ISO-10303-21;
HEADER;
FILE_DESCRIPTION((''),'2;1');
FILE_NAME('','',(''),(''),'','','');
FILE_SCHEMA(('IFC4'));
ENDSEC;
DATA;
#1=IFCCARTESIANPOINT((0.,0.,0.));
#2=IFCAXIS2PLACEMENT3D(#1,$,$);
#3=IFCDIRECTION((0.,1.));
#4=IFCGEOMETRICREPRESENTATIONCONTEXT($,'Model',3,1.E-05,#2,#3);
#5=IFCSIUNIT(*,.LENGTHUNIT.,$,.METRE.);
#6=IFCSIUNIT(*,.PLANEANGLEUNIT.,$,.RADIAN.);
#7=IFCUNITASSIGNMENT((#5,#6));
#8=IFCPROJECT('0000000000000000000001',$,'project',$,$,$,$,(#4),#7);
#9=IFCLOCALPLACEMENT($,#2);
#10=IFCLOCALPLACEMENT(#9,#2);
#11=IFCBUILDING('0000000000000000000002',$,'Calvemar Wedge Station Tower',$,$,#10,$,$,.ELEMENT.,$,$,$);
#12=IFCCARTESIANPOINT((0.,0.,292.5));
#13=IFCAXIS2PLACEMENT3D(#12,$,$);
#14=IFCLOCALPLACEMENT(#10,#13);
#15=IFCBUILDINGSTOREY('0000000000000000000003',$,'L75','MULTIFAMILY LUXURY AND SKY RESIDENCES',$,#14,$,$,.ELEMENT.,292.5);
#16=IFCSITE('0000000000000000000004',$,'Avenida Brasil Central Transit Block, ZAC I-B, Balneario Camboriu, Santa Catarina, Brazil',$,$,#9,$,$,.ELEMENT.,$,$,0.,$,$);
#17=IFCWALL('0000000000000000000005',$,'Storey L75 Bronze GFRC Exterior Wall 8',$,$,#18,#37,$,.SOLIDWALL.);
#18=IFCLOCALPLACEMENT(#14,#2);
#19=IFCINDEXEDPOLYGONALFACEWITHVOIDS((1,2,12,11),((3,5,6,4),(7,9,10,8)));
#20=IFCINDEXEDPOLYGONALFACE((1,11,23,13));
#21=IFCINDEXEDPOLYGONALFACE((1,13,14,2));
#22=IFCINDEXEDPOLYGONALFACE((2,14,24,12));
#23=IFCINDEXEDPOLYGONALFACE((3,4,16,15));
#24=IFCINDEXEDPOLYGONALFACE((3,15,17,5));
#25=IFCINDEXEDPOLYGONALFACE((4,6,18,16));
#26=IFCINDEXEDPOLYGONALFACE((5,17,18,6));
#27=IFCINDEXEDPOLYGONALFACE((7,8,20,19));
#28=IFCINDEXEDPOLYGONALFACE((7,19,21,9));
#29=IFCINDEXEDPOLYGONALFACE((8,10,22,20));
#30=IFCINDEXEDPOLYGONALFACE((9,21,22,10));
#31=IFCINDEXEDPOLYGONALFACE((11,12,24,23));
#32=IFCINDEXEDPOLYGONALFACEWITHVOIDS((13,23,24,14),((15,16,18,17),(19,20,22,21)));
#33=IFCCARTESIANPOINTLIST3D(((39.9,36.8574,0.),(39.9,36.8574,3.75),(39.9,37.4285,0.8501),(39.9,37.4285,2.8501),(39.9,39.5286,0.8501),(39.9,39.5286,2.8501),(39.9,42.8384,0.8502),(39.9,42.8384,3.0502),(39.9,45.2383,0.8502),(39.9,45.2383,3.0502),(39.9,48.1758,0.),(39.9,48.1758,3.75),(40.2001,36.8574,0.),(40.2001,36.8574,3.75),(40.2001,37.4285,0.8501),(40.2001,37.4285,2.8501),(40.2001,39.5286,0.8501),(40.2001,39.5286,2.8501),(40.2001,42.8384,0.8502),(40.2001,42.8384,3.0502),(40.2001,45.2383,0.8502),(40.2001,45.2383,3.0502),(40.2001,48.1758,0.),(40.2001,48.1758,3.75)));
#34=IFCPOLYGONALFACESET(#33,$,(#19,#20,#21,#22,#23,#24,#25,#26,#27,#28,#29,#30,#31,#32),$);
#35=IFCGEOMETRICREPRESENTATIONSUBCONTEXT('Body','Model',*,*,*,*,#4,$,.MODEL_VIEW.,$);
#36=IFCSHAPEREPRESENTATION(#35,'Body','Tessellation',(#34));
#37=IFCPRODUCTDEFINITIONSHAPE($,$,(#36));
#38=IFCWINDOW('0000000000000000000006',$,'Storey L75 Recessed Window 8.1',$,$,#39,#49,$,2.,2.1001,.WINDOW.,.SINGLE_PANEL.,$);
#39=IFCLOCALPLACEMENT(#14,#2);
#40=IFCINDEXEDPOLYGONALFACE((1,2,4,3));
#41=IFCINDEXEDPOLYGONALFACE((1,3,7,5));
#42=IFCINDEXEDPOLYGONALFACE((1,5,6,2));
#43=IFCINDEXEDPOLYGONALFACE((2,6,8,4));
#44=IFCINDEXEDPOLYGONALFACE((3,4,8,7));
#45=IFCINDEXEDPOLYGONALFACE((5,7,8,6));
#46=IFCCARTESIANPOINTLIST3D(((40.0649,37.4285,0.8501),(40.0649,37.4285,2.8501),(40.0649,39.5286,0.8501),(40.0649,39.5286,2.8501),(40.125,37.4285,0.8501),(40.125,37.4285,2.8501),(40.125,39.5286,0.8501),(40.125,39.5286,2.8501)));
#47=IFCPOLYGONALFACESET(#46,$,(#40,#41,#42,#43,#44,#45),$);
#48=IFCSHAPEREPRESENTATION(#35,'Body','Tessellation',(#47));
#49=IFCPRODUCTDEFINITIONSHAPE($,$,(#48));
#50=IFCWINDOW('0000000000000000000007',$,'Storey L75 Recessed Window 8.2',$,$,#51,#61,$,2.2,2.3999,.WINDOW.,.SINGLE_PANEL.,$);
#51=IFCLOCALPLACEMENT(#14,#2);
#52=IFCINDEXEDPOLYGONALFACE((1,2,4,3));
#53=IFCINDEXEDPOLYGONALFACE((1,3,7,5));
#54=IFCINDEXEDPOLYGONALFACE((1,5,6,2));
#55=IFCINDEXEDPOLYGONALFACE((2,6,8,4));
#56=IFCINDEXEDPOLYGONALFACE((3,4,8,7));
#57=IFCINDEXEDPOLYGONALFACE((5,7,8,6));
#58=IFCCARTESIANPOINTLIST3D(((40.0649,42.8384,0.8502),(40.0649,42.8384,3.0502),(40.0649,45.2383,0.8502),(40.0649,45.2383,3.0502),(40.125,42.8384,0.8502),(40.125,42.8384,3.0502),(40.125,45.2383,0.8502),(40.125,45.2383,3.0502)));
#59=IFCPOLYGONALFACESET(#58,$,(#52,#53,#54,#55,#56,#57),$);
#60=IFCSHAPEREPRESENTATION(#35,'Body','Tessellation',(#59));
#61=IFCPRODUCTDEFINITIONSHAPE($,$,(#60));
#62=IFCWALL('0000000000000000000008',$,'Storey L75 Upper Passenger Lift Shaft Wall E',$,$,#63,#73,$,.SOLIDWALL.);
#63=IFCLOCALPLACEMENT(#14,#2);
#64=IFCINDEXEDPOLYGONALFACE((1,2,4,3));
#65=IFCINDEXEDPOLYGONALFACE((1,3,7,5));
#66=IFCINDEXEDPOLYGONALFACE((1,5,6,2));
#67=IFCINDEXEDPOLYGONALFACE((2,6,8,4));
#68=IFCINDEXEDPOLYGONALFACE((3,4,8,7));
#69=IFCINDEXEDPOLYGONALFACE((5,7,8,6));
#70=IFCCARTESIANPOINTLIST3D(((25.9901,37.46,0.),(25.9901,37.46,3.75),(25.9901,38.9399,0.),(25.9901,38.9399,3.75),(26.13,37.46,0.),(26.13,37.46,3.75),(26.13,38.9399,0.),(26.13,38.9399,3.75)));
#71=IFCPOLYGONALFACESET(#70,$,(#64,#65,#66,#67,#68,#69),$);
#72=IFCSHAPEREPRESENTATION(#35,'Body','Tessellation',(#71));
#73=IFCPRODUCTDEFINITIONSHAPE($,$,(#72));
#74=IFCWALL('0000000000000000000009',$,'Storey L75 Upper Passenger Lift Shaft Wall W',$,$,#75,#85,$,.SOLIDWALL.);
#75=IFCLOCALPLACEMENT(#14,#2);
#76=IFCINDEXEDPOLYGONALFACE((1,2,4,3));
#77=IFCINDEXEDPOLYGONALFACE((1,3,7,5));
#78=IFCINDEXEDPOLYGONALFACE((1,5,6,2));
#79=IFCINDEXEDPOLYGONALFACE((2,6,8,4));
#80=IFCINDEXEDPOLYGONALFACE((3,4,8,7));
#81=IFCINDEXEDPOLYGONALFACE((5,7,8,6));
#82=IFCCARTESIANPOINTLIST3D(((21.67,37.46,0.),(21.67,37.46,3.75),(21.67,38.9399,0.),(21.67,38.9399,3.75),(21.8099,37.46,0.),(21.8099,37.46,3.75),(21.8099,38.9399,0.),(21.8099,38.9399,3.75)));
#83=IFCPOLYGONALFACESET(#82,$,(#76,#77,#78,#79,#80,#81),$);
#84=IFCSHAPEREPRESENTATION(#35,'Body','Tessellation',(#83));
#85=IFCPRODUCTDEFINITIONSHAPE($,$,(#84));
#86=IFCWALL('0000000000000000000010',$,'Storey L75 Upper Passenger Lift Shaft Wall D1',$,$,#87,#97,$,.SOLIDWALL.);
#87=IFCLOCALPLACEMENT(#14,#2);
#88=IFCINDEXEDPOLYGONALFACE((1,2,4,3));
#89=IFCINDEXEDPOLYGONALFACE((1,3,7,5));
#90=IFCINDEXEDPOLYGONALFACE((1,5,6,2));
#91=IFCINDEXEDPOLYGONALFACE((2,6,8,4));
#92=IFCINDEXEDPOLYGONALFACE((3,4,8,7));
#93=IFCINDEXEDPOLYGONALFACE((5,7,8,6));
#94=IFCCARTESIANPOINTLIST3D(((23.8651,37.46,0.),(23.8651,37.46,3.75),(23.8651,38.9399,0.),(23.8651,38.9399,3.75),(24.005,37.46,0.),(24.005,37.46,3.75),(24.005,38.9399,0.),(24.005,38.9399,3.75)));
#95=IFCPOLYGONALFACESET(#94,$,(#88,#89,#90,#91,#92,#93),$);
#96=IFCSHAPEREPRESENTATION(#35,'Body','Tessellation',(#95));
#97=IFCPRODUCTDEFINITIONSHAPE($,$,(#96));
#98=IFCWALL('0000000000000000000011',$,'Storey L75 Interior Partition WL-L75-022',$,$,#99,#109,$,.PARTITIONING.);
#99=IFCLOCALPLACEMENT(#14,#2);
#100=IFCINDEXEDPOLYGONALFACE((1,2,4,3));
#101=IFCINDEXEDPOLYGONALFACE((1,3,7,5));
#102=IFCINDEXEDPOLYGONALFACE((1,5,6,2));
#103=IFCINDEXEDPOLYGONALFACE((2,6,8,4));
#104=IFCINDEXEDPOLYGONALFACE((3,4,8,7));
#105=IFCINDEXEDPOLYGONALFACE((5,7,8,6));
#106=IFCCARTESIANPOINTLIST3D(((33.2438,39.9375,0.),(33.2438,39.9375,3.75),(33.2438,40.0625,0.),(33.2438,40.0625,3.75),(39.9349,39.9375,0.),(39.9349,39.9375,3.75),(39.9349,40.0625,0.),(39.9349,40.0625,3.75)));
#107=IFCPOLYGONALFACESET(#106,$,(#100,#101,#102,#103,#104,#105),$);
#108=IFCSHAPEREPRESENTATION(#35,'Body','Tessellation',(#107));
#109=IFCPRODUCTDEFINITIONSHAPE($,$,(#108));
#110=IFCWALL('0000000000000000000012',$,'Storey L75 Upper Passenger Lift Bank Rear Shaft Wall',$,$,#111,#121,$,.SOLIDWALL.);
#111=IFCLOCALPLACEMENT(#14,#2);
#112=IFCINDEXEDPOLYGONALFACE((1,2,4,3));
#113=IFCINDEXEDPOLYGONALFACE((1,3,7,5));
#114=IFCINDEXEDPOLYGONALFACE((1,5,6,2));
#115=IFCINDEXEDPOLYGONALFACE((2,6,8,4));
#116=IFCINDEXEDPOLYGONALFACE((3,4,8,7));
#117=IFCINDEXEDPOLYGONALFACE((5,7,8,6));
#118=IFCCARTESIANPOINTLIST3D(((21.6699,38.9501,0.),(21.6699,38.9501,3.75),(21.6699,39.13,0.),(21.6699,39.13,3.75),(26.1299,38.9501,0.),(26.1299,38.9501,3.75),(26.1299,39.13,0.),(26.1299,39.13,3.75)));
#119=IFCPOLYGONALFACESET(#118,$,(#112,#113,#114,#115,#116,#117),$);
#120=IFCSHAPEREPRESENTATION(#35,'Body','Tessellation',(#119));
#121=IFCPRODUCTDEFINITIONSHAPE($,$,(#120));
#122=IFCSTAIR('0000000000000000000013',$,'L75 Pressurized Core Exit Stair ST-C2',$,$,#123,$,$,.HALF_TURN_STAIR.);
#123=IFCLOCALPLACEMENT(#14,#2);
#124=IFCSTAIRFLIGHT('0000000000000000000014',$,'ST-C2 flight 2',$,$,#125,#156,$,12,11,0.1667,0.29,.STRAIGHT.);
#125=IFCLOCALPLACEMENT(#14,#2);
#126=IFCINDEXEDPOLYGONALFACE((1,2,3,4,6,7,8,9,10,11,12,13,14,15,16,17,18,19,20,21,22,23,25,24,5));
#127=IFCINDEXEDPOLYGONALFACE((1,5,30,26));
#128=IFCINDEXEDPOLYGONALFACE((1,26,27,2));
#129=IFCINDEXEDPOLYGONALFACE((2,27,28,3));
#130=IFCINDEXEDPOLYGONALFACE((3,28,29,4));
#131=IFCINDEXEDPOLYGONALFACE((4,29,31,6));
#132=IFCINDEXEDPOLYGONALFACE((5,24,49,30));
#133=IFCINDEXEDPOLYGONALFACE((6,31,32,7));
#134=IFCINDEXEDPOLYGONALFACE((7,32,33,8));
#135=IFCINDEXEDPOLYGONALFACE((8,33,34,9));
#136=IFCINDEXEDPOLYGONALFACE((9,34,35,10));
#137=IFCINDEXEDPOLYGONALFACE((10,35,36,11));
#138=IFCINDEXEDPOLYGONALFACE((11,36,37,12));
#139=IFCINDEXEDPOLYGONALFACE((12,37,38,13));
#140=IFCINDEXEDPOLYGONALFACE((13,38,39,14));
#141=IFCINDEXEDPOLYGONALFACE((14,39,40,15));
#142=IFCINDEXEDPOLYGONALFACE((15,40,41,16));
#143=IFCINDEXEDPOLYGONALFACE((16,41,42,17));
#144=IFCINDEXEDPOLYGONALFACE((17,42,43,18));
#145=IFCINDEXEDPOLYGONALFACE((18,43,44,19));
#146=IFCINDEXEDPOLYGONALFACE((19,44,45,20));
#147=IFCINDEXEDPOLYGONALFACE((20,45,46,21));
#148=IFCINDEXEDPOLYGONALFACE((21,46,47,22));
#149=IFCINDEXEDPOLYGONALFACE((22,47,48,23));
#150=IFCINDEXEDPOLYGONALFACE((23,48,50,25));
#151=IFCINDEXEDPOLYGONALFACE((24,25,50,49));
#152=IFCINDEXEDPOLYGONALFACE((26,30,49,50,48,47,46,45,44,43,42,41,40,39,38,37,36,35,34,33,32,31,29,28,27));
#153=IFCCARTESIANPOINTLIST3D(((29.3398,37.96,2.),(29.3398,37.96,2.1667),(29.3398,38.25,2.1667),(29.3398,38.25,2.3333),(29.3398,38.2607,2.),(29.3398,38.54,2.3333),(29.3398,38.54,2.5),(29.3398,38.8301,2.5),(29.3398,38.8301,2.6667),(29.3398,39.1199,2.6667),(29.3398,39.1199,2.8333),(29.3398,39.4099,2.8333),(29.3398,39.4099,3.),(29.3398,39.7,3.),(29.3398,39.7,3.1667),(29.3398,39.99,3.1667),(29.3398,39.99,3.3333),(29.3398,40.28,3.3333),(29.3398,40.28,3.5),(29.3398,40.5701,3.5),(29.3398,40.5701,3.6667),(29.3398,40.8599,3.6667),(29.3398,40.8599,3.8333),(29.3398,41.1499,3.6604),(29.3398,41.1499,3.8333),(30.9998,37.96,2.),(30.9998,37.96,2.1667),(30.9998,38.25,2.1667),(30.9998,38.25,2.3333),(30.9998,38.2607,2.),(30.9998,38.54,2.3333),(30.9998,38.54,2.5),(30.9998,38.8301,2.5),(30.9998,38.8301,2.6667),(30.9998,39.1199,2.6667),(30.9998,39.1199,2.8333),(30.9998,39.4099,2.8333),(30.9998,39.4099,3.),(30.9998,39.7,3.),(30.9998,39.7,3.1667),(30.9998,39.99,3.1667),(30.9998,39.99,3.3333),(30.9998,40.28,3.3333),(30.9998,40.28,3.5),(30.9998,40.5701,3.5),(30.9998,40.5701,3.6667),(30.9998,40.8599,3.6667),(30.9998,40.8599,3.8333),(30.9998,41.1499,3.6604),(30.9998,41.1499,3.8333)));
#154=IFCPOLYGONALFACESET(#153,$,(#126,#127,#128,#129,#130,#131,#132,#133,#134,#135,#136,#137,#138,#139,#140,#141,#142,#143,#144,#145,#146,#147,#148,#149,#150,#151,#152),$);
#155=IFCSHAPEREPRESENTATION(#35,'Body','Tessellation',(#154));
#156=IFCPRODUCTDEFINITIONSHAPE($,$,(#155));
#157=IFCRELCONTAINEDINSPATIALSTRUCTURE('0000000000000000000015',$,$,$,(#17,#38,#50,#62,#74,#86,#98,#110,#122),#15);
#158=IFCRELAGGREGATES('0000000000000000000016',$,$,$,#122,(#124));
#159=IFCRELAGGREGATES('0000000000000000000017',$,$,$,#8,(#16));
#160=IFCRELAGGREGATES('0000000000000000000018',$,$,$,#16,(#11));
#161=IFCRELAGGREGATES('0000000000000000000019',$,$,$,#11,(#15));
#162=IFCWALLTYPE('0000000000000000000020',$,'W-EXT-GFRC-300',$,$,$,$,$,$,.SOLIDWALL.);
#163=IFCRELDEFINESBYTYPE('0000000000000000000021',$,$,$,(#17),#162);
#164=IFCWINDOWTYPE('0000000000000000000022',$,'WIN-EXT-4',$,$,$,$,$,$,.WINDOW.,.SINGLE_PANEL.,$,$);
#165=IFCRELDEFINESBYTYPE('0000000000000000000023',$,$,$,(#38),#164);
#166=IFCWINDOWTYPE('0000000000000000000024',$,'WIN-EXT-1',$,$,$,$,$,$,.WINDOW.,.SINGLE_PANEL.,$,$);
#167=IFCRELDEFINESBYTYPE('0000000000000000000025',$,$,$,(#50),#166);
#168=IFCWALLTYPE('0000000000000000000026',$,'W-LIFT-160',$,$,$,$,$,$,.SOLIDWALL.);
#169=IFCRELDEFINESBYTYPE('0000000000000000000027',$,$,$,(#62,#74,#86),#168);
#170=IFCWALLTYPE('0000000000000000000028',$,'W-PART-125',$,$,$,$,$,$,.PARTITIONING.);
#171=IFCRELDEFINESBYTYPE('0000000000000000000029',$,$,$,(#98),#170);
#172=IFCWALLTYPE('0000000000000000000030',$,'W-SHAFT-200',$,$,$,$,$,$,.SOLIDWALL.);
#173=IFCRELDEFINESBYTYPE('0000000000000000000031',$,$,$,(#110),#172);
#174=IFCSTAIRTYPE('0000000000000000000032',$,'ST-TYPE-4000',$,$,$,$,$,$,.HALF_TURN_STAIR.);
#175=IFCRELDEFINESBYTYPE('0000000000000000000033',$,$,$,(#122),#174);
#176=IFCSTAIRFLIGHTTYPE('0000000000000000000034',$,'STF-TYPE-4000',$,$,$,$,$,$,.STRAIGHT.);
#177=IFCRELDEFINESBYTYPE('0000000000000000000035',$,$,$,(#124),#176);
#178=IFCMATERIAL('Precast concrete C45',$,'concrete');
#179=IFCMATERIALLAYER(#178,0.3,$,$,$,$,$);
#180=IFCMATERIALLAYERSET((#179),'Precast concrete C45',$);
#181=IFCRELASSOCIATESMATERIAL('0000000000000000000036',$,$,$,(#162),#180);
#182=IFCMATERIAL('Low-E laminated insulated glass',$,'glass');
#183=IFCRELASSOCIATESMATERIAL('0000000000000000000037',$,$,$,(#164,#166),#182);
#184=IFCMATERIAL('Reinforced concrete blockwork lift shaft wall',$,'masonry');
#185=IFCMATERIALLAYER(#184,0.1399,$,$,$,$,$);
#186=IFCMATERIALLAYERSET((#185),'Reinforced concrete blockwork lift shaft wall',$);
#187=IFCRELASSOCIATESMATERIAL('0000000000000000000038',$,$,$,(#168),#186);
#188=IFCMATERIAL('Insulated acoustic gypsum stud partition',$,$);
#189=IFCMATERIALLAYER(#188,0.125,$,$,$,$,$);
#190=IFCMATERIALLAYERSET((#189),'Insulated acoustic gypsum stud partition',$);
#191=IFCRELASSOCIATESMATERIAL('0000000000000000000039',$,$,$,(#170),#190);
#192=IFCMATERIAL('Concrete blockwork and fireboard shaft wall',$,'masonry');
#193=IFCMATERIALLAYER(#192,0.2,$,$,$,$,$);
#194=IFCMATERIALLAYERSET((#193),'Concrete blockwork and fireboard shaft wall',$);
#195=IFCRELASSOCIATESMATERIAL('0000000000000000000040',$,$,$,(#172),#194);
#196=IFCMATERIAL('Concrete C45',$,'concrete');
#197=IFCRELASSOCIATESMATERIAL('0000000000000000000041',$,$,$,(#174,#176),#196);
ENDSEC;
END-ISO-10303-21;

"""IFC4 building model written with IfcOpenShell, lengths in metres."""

from ifc_helpers import new_model, si_unit, direction, frame, frame_2d, origin, place, context, subcontext, project, spatial, polyline, rectangle, outline, extrude, source, transform, mapped, material, layer, layer_set, type_object, element, fill, aggregate, save


model = new_model("IFC4")

# Units and contexts
model_context = context("Model", 3, precision=1e-05, world=origin(), true_north=direction((0.0, 1.0)))
body_context = subcontext(model_context, "Body", "Model", "MODEL_VIEW")
ifc_project = project(units=[si_unit("LENGTHUNIT", "METRE"), si_unit("PLANEANGLEUNIT", "RADIAN")], contexts=[model_context])

# Site, building, storey
site_placement = place(None, origin())
site = spatial("IfcSite", under=ifc_project, at=site_placement, Name="Avenida Brasil Central Transit Block, ZAC I-B, Balneario Camboriu, Santa Catarina, Brazil", CompositionType="ELEMENT", RefElevation=0.0)
building_placement = place(site_placement, origin())
building = spatial("IfcBuilding", under=site, at=building_placement, Name="Calvemar Wedge Station Tower", CompositionType="ELEMENT")
storey_placement = place(building_placement, frame((0.0, 0.0, 292.5)))
storey = spatial("IfcBuildingStorey", under=building, at=storey_placement, Name="L75", Description="MULTIFAMILY LUXURY AND SKY RESIDENCES", CompositionType="ELEMENT", Elevation=292.5)

# Wall, openings, windows
ifc_material_1 = material(Name="Precast concrete C45", Category="concrete")
ifc_layer_1 = layer(ifc_material_1, 0.3)
ifc_layer_set_1 = layer_set([ifc_layer_1], Name="Precast concrete C45")
wall_type_1 = type_object("IfcWallType", Name="W-EXT-GFRC-300", PredefinedType="SOLIDWALL", material=ifc_layer_set_1)
wall_1_placement = place(storey_placement, frame((40.05, 36.8574, 0.0), z_axis=(0.0, 0.0, 1.0), x_axis=(0.0, 1.0, 0.0)))
wall_1 = element("IfcWall", 1, at=wall_1_placement, inside=storey, type_object=wall_type_1, Name="Storey L75 Bronze GFRC Exterior Wall 8", PredefinedType="SOLIDWALL", context=body_context, shape_type="SweptSolid", body=[
    extrude(rectangle(XDim=11.3184, YDim=0.3, at=frame_2d((5.6592, 0.0))), origin(), (0.0, 0.0, 1.0), 3.75),
])
shared_shape_1 = source(origin(), body_context, "Body", "SweptSolid", [
    extrude(rectangle(XDim=2.1001, YDim=2.0, at=frame_2d((1.05, 1.0))), frame((0.0, 0.1602, 0.0), z_axis=(0.0, -1.0, 0.0), x_axis=(1.0, 0.0, 0.0)), (0.0, 0.0, 1.0), 0.3201),
])
opening_1_placement = place(wall_1_placement, frame((0.571, 0.0, 0.8501)))
opening_1 = element("IfcOpeningElement", 2, at=opening_1_placement, cuts=wall_1, PredefinedType="OPENING", context=body_context, shape_type="MappedRepresentation", body=[
    mapped(shared_shape_1, transform((0.0, 0.0, 0.0), scale=1.0)),
])
shared_shape_2 = source(origin(), body_context, "Body", "SweptSolid", [
    extrude(rectangle(XDim=2.3999, YDim=2.2, at=frame_2d((1.2, 1.1001))), frame((0.0, 0.1602, 0.0), z_axis=(0.0, -1.0, 0.0), x_axis=(1.0, 0.0, 0.0)), (0.0, 0.0, 1.0), 0.3201),
])
opening_2_placement = place(wall_1_placement, frame((5.981, 0.0, 0.8501)))
opening_2 = element("IfcOpeningElement", 3, at=opening_2_placement, cuts=wall_1, PredefinedType="OPENING", context=body_context, shape_type="MappedRepresentation", body=[
    mapped(shared_shape_2, transform((0.0, 0.0, 0.0), scale=1.0)),
])
ifc_material_2 = material(Name="Low-E laminated insulated glass", Category="glass")
window_type_1 = type_object("IfcWindowType", Name="WIN-EXT-4", PartitioningType="SINGLE_PANEL", PredefinedType="WINDOW", material=ifc_material_2)
shared_shape_3 = source(origin(), body_context, "Body", "SweptSolid", [
    extrude(rectangle(XDim=2.1001, YDim=2.0, at=frame_2d((1.05, 1.0))), frame((0.0, -0.0149, 0.0), z_axis=(0.0, -1.0, 0.0), x_axis=(1.0, 0.0, 0.0)), (0.0, 0.0, 1.0), 0.0601),
])
window_1_placement = place(opening_1_placement, origin())
window_1 = element("IfcWindow", 4, at=window_1_placement, inside=storey, type_object=window_type_1, Name="Storey L75 Recessed Window 8.1", OverallHeight=2.0, OverallWidth=2.1001, PartitioningType="SINGLE_PANEL", PredefinedType="WINDOW", context=body_context, shape_type="MappedRepresentation", body=[
    mapped(shared_shape_3, transform((0.0, 0.0, 0.0), scale=1.0)),
])
fill(opening_1, window_1)
window_type_2 = type_object("IfcWindowType", Name="WIN-EXT-1", PartitioningType="SINGLE_PANEL", PredefinedType="WINDOW", material=ifc_material_2)
shared_shape_4 = source(origin(), body_context, "Body", "SweptSolid", [
    extrude(rectangle(XDim=2.3999, YDim=2.2, at=frame_2d((1.2, 1.1001))), frame((0.0, -0.0149, 0.0), z_axis=(0.0, -1.0, 0.0), x_axis=(1.0, 0.0, 0.0)), (0.0, 0.0, 1.0), 0.0601),
])
window_2_placement = place(opening_2_placement, origin())
window_2 = element("IfcWindow", 5, at=window_2_placement, inside=storey, type_object=window_type_2, Name="Storey L75 Recessed Window 8.2", OverallHeight=2.2, OverallWidth=2.3999, PartitioningType="SINGLE_PANEL", PredefinedType="WINDOW", context=body_context, shape_type="MappedRepresentation", body=[
    mapped(shared_shape_4, transform((0.0, 0.0, 0.0), scale=1.0)),
])
fill(opening_2, window_2)

# Shared definitions
ifc_material_3 = material(Name="Reinforced concrete blockwork lift shaft wall", Category="masonry")
ifc_layer_2 = layer(ifc_material_3, 0.1399)
ifc_layer_set_2 = layer_set([ifc_layer_2], Name="Reinforced concrete blockwork lift shaft wall")
wall_type_2 = type_object("IfcWallType", Name="W-LIFT-160", PredefinedType="SOLIDWALL", material=ifc_layer_set_2)

# Walls
for number, where, z_axis, x_axis, name in (
    (6, (26.0601, 37.46, 0.0), (0.0, 0.0, 1.0), (0.0, 1.0, 0.0), "Storey L75 Upper Passenger Lift Shaft Wall E"),
    (7, (21.74, 37.46, 0.0), (0.0, 0.0, 1.0), (0.0, 1.0, 0.0), "Storey L75 Upper Passenger Lift Shaft Wall W"),
    (8, (23.9351, 37.46, 0.0), (0.0, 0.0, 1.0), (0.0, 1.0, 0.0), "Storey L75 Upper Passenger Lift Shaft Wall D1"),
):
    element("IfcWall", number, at=place(storey_placement, frame(where, z_axis=z_axis, x_axis=x_axis)), inside=storey, type_object=wall_type_2, Name=name, PredefinedType="SOLIDWALL", context=body_context, shape_type="SweptSolid", body=[
        extrude(rectangle(XDim=1.48, YDim=0.1399, at=frame_2d((0.74, 0.0))), origin(), (0.0, 0.0, 1.0), 3.75),
    ])
ifc_material_4 = material(Name="Insulated acoustic gypsum stud partition")
ifc_layer_3 = layer(ifc_material_4, 0.125)
ifc_layer_set_3 = layer_set([ifc_layer_3], Name="Insulated acoustic gypsum stud partition")
wall_type_3 = type_object("IfcWallType", Name="W-PART-125", PredefinedType="PARTITIONING", material=ifc_layer_set_3)
wall_2_placement = place(storey_placement, frame((39.9351, 40.0, 0.0), z_axis=(0.0, 0.0, 1.0), x_axis=(-1.0, 0.0, 0.0)))
element("IfcWall", 9, at=wall_2_placement, inside=storey, type_object=wall_type_3, Name="Storey L75 Interior Partition WL-L75-022", PredefinedType="PARTITIONING", context=body_context, shape_type="SweptSolid", body=[
    extrude(rectangle(XDim=6.6912, YDim=0.125, at=frame_2d((3.3457, 0.0))), origin(), (0.0, 0.0, 1.0), 3.75),
])
ifc_material_5 = material(Name="Concrete blockwork and fireboard shaft wall", Category="masonry")
ifc_layer_4 = layer(ifc_material_5, 0.2)
ifc_layer_set_4 = layer_set([ifc_layer_4], Name="Concrete blockwork and fireboard shaft wall")
wall_type_4 = type_object("IfcWallType", Name="W-SHAFT-200", PredefinedType="SOLIDWALL", material=ifc_layer_set_4)
wall_3_placement = place(storey_placement, frame((21.6699, 39.04, 0.0), z_axis=(0.0, 0.0, 1.0), x_axis=(1.0, 0.0, 0.0)))
element("IfcWall", 10, at=wall_3_placement, inside=storey, type_object=wall_type_4, Name="Storey L75 Upper Passenger Lift Bank Rear Shaft Wall", PredefinedType="SOLIDWALL", context=body_context, shape_type="SweptSolid", body=[
    extrude(rectangle(XDim=4.46, YDim=0.1799, at=frame_2d((2.23, 0.0))), origin(), (0.0, 0.0, 1.0), 3.75),
])

# Stair, stair flight
ifc_material_6 = material(Name="Concrete C45", Category="concrete")
stair_type = type_object("IfcStairType", Name="ST-TYPE-4000", PredefinedType="HALF_TURN_STAIR", material=ifc_material_6)
stair_placement = place(storey_placement, origin())
stair = element("IfcStair", 11, at=stair_placement, inside=storey, type_object=stair_type, Name="L75 Pressurized Core Exit Stair ST-C2", PredefinedType="HALF_TURN_STAIR")
stair_flight_type = type_object("IfcStairFlightType", Name="STF-TYPE-4000", PredefinedType="STRAIGHT", material=ifc_material_6)
stair_flight_placement = place(storey_placement, frame((30.1699, 37.96, 2.0), z_axis=(0.0, 0.0, 1.0), x_axis=(0.0, 1.0, 0.0)))
stair_flight = element("IfcStairFlight", 12, at=stair_flight_placement, type_object=stair_flight_type, Name="ST-C2 flight 2", NumberOfRisers=12, NumberOfTreads=11, PredefinedType="STRAIGHT", RiserHeight=0.1667, TreadLength=0.29, context=body_context, shape_type="SweptSolid", body=[
    extrude(outline(polyline([(0.0, 0.0), (0.0, 0.1667), (0.29, 0.1667), (0.29, 0.3333), (0.5801, 0.3333), (0.5801, 0.5), (0.8701, 0.5), (0.8701, 0.6667), (1.1599, 0.6667), (1.1599, 0.8333), (1.45, 0.8333), (1.45, 1.0), (1.74, 1.0), (1.74, 1.1667), (2.03, 1.1667), (2.03, 1.3333), (2.3201, 1.3333), (2.3201, 1.5), (2.6101, 1.5), (2.6101, 1.6667), (2.8999, 1.6667), (2.8999, 1.8333), (3.1899, 1.8333), (3.1899, 2.0), (3.1899, 1.6604), (0.3008, 0.0), (0.0, 0.0)])), frame((0.0, 0.8301, 0.0), z_axis=(0.0, -1.0, 0.0), x_axis=(1.0, 0.0, 0.0)), (0.0, 0.0, 1.0), 1.6599),
])
aggregate(stair, [stair_flight])

save(model, "model.ifc")
